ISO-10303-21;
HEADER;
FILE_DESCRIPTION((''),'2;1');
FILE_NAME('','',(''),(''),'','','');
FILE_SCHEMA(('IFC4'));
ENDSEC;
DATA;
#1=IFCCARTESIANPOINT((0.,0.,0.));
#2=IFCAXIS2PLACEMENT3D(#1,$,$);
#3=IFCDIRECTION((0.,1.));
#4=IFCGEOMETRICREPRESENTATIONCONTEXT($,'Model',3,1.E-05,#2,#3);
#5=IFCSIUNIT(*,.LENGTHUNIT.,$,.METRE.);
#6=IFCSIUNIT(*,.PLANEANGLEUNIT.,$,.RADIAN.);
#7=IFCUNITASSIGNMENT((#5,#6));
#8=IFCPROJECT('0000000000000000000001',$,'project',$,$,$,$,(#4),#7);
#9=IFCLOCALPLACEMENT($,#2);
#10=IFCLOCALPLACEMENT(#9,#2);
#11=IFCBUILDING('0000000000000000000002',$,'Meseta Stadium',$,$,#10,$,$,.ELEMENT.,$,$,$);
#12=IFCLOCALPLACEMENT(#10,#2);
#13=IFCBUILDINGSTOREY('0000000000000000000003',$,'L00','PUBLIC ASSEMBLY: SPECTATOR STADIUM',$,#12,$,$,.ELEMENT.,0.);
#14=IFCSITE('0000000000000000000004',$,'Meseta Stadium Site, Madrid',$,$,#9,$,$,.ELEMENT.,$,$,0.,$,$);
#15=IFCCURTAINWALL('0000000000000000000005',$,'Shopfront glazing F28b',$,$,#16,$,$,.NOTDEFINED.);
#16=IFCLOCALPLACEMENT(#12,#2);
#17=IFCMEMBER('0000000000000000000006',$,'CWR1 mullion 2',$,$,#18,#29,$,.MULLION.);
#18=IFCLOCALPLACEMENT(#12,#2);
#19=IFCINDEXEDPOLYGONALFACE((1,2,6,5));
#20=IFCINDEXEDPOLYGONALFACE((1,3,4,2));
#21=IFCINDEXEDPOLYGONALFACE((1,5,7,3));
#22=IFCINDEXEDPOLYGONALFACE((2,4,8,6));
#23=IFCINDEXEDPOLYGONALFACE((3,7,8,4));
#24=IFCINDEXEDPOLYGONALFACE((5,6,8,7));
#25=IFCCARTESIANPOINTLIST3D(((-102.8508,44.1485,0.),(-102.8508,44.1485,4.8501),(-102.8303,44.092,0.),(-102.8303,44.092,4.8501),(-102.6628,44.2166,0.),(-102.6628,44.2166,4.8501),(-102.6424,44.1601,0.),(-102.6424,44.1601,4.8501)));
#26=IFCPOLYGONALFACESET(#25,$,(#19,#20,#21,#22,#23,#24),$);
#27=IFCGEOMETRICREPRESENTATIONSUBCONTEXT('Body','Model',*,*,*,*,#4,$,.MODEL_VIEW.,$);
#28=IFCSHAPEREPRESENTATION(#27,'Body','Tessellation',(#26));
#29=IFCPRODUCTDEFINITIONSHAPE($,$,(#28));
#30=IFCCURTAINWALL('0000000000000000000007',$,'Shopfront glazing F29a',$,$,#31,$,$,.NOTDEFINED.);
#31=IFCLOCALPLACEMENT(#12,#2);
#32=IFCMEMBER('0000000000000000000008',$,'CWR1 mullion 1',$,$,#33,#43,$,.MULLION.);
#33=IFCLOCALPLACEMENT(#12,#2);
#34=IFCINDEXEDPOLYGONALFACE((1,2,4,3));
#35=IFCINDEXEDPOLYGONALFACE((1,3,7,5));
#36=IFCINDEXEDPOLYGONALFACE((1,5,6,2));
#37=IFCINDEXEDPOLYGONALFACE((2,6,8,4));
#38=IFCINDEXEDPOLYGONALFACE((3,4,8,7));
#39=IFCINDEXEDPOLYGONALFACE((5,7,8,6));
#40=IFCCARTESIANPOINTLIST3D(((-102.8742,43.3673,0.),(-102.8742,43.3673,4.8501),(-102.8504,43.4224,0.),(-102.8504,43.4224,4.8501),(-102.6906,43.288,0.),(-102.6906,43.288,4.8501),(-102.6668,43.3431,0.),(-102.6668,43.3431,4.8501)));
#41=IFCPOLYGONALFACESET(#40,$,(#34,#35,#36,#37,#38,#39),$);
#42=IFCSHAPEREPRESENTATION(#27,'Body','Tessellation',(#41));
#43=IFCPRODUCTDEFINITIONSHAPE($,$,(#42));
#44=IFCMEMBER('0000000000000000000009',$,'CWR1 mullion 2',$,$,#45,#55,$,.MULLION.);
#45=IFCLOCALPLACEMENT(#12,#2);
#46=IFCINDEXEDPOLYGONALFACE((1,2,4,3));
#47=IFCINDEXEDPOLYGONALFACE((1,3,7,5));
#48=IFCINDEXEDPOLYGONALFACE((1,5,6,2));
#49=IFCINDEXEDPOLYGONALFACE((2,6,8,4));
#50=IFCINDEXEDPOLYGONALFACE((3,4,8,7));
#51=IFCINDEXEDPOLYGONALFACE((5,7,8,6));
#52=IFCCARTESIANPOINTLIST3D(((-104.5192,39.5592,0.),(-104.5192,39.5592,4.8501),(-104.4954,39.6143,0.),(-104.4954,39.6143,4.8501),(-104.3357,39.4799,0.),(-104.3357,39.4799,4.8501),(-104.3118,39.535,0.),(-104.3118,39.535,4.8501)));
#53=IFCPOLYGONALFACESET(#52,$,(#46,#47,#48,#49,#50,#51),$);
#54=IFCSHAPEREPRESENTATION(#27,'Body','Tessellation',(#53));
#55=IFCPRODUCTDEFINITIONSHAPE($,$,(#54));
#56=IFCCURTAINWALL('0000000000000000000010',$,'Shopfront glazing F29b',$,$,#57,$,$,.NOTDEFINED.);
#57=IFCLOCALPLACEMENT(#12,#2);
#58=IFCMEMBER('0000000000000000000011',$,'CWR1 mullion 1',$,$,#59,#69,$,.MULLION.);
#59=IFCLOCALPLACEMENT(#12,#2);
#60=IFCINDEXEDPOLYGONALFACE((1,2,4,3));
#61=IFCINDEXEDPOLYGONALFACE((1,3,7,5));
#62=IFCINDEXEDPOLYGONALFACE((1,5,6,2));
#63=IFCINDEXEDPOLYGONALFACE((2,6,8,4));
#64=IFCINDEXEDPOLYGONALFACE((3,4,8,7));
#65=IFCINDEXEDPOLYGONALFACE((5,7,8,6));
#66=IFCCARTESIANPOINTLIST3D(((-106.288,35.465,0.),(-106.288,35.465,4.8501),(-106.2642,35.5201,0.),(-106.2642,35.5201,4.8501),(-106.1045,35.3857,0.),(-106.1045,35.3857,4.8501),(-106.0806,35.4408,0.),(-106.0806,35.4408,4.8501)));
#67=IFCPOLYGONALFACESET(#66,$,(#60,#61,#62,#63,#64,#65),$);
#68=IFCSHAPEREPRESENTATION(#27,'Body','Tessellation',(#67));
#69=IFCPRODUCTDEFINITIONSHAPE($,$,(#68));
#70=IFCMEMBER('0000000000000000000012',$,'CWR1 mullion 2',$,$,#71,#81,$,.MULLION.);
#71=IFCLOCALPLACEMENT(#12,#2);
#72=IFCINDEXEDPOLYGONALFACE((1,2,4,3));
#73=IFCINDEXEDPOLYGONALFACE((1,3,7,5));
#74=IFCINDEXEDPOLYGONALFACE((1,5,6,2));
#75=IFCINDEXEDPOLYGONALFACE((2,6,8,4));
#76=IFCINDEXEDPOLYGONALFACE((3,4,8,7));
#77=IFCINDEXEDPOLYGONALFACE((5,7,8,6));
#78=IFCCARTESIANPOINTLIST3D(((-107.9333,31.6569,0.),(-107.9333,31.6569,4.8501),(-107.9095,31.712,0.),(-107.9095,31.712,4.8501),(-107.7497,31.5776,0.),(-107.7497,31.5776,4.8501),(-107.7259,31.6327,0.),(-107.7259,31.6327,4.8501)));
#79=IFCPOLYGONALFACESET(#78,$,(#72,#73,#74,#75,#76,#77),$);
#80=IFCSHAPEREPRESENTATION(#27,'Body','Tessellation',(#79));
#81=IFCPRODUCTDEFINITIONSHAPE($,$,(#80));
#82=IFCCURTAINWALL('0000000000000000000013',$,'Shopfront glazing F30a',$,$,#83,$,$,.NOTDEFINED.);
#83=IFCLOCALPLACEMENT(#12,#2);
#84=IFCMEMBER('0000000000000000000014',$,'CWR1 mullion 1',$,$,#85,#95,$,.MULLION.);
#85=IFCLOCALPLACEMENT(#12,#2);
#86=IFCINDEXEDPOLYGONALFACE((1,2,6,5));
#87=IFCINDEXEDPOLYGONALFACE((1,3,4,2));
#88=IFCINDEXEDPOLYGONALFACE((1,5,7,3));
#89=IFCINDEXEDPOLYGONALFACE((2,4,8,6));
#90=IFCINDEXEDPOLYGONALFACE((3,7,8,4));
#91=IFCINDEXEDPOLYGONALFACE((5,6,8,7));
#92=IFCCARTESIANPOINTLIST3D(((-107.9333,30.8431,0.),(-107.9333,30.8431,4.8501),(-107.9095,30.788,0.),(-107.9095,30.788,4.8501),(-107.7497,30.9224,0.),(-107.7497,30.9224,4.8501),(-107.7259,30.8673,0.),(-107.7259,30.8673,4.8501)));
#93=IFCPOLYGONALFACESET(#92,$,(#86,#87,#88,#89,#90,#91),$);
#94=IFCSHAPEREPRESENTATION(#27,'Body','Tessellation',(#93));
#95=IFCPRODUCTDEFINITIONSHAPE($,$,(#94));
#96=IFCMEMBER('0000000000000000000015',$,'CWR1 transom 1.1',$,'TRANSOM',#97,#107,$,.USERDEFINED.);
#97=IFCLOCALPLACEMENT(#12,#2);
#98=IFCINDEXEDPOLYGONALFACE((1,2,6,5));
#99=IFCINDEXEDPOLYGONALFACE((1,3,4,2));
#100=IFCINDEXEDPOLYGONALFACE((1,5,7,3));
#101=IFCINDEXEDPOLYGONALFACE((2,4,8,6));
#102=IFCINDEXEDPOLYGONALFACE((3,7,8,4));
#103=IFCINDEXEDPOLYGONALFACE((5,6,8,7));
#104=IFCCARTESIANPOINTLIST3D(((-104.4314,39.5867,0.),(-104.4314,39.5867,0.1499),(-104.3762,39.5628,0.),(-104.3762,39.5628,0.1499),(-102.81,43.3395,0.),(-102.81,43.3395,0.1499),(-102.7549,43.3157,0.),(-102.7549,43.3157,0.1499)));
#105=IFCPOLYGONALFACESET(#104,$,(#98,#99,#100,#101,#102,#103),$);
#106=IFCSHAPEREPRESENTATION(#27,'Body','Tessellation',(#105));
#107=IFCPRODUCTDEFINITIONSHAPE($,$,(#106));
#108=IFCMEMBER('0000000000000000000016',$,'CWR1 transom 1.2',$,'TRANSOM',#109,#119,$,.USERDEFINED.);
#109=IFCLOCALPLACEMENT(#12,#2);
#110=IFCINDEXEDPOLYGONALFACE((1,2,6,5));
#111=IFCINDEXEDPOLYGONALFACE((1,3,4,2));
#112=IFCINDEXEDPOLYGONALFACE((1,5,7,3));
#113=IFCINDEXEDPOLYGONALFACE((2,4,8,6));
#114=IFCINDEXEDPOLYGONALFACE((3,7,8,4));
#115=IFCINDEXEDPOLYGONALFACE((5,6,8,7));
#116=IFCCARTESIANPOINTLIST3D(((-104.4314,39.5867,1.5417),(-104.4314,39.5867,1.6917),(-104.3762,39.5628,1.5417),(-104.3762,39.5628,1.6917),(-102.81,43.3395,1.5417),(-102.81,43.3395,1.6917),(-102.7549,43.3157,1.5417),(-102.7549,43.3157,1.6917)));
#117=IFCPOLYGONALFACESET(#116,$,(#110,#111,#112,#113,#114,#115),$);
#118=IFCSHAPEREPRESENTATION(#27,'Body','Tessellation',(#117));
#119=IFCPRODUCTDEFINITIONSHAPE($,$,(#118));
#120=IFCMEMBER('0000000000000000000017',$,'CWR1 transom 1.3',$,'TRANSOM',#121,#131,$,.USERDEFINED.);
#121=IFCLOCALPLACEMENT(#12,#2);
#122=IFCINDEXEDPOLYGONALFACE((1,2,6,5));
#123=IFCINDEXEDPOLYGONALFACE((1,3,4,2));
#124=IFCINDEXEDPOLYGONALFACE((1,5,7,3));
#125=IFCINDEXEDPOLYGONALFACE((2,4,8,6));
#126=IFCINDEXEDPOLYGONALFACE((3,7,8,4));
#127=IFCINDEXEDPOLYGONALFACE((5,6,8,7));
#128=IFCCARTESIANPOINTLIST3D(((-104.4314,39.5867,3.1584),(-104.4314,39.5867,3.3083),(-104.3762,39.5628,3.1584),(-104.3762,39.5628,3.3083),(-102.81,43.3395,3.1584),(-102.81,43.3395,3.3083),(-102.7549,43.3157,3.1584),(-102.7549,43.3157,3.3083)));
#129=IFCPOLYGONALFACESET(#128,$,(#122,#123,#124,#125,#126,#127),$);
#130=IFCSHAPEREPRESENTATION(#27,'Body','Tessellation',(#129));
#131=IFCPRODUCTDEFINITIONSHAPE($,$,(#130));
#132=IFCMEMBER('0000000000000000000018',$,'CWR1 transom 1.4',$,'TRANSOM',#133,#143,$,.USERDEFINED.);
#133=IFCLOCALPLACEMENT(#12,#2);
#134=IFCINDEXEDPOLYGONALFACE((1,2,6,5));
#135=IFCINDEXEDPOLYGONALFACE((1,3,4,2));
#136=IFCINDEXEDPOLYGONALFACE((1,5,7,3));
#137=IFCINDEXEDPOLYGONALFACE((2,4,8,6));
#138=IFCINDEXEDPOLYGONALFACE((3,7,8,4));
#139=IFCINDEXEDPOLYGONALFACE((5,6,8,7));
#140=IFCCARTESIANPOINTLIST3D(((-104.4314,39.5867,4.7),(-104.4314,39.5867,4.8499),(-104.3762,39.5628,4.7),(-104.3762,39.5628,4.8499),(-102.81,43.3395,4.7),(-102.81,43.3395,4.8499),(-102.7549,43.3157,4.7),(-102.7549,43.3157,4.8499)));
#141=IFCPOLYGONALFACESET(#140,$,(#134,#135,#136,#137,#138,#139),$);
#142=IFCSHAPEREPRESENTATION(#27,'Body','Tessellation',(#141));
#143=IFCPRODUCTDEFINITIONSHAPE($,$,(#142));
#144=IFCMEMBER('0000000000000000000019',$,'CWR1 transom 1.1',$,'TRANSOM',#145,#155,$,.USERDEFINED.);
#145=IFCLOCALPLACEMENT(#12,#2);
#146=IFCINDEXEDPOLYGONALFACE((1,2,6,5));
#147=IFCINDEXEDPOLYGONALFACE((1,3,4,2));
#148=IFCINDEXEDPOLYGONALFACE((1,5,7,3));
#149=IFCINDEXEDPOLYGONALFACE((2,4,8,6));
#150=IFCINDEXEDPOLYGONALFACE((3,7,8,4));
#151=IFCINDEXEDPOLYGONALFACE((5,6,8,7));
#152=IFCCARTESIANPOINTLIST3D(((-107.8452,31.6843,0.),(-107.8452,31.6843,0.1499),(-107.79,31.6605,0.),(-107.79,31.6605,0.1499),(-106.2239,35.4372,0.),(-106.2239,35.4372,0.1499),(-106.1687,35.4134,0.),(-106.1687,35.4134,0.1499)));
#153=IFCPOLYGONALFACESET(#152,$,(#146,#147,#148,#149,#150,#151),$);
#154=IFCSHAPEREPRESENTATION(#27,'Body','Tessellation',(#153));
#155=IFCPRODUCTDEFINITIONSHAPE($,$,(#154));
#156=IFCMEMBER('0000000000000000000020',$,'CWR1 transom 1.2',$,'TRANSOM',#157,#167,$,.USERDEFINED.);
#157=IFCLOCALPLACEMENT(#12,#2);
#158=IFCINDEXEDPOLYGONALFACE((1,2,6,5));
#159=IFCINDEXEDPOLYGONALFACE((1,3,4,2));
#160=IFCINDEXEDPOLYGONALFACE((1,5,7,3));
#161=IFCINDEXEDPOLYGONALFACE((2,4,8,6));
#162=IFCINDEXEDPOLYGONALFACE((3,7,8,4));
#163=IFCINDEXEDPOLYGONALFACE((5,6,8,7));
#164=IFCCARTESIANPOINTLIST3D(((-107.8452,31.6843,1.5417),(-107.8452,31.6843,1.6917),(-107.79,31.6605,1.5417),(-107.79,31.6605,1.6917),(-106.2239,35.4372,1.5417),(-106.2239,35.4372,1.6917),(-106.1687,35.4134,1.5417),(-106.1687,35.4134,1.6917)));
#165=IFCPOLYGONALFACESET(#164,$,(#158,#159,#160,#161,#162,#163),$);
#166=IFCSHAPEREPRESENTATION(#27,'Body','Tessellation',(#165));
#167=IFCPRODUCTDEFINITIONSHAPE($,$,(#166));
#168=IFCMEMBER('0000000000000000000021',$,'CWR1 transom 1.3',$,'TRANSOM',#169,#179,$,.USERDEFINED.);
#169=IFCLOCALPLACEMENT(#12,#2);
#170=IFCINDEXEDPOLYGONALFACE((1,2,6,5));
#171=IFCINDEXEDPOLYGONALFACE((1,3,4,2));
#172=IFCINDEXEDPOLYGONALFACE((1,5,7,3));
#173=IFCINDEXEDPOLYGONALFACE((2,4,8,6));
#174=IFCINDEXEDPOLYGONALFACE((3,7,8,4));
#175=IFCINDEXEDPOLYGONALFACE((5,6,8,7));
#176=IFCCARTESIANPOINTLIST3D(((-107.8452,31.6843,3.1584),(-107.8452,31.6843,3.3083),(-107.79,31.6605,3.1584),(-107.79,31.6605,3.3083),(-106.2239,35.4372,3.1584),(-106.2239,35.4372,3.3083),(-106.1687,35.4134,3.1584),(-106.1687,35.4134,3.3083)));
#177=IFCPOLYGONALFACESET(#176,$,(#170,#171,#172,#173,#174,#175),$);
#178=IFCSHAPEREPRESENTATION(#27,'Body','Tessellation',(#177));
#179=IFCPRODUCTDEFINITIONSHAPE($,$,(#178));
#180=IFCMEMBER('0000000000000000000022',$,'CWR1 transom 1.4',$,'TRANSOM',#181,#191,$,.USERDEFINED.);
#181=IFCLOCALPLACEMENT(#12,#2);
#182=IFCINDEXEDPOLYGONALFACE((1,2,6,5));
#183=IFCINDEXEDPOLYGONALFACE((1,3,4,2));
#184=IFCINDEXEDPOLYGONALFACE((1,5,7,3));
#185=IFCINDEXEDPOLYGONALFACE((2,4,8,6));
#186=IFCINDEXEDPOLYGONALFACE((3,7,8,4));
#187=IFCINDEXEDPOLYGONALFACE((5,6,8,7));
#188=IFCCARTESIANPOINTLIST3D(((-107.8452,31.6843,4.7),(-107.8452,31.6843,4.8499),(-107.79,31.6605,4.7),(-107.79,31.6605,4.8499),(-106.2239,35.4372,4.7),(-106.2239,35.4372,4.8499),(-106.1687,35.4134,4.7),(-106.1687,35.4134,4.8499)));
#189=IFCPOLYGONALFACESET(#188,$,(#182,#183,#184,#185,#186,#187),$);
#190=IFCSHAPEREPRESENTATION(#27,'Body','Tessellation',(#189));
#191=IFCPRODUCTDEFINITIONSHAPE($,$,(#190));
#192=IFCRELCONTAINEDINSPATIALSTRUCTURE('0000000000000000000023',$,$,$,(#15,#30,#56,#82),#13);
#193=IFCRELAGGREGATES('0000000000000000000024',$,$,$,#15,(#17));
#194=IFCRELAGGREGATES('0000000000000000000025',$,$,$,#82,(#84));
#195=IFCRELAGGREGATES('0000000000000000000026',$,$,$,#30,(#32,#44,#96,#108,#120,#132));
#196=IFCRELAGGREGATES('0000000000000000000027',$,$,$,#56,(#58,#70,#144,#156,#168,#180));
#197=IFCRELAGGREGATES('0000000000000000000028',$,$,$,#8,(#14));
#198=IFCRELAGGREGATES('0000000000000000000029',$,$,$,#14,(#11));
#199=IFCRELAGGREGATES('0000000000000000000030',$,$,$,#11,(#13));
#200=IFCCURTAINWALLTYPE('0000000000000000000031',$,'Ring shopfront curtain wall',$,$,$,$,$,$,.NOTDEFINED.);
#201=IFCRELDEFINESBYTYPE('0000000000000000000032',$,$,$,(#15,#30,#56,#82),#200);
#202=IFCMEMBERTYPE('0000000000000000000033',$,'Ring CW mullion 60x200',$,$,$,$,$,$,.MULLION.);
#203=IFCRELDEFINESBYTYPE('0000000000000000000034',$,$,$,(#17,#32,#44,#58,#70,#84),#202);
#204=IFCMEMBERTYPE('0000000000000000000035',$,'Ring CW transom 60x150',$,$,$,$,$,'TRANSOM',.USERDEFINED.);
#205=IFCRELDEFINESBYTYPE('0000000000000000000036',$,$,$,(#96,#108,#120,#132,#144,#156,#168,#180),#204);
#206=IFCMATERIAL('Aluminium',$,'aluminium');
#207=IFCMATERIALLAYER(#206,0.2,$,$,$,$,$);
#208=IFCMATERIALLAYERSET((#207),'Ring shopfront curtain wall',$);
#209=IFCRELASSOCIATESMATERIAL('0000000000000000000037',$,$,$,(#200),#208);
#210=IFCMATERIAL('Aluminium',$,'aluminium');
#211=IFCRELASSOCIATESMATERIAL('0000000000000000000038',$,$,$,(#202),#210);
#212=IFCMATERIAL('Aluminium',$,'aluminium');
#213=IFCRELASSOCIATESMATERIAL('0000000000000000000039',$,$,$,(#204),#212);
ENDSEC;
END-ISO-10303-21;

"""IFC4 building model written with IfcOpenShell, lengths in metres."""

from ifc_helpers import new_model, si_unit, direction, frame, origin, origin_2d, place, context, subcontext, project, spatial, rectangle, extrude, material, layer, layer_set, material_profile, profile_set, type_object, element, aggregate, save


model = new_model("IFC4")

# Units and contexts
model_context = context("Model", 3, precision=1e-05, world=origin(), true_north=direction((0.0, 1.0)))
body_context = subcontext(model_context, "Body", "Model", "MODEL_VIEW")
ifc_project = project(units=[si_unit("LENGTHUNIT", "METRE"), si_unit("PLANEANGLEUNIT", "RADIAN")], contexts=[model_context])

# Site, building, storey
site_placement = place(None, origin())
site = spatial("IfcSite", under=ifc_project, at=site_placement, Name="Meseta Stadium Site, Madrid", CompositionType="ELEMENT", RefElevation=0.0)
building_placement = place(site_placement, origin())
building = spatial("IfcBuilding", under=site, at=building_placement, Name="Meseta Stadium", CompositionType="ELEMENT")
storey_placement = place(building_placement, origin())
storey = spatial("IfcBuildingStorey", under=building, at=storey_placement, Name="L00", Description="PUBLIC ASSEMBLY: SPECTATOR STADIUM", CompositionType="ELEMENT", Elevation=0.0)

# Curtain wall, member
ifc_material_1 = material(Name="Aluminium", Category="aluminium")
ifc_layer_1 = layer(ifc_material_1, 0.2)
ifc_layer_set_1 = layer_set([ifc_layer_1], Name="Ring shopfront curtain wall")
curtain_wall_type = type_object("IfcCurtainWallType", Name="Ring shopfront curtain wall", PredefinedType="NOTDEFINED", material=ifc_layer_set_1)
curtain_wall_1_placement = place(storey_placement, origin())
curtain_wall_1 = element("IfcCurtainWall", 1, at=curtain_wall_1_placement, inside=storey, type_object=curtain_wall_type, Name="Shopfront glazing F28b", PredefinedType="NOTDEFINED")
ifc_material_2 = material(Name="Aluminium", Category="aluminium")
ifc_material_profile_1 = material_profile(ifc_material_2, rectangle(XDim=0.2, YDim=0.0601, at=origin_2d()), Name="CW 200x60")
ifc_profile_set_1 = profile_set([ifc_material_profile_1], Name="Aluminium")
member_type_1 = type_object("IfcMemberType", Name="Ring CW mullion 60x200", PredefinedType="MULLION", material=ifc_profile_set_1)
member_1_placement = place(storey_placement, frame((-102.7466, 44.1543, 0.0), z_axis=(0.0, 0.0, 1.0), x_axis=(0.940133, 0.340807, 0.0)))
member_1 = element("IfcMember", 2, at=member_1_placement, type_object=member_type_1, Name="CWR1 mullion 2", PredefinedType="MULLION", context=body_context, shape_type="SweptSolid", body=[
    extrude(rectangle(XDim=0.2, YDim=0.0601, at=origin_2d()), origin(), (0.0, 0.0, 1.0), 4.8501),
])
aggregate(curtain_wall_1, [member_1])

# Curtain walls, members
curtain_wall_2_placement = place(storey_placement, origin())
curtain_wall_2 = element("IfcCurtainWall", 3, at=curtain_wall_2_placement, inside=storey, type_object=curtain_wall_type, Name="Shopfront glazing F29a", PredefinedType="NOTDEFINED")
member_2_placement = place(storey_placement, frame((-102.7705, 43.3552, 0.0), z_axis=(0.0, 0.0, 1.0), x_axis=(0.918002, -0.396576, 0.0)))
member_2 = element("IfcMember", 4, at=member_2_placement, type_object=member_type_1, Name="CWR1 mullion 1", PredefinedType="MULLION", context=body_context, shape_type="SweptSolid", body=[
    extrude(rectangle(XDim=0.2, YDim=0.0601, at=origin_2d()), origin(), (0.0, 0.0, 1.0), 4.8501),
])
member_3_placement = place(storey_placement, frame((-104.4155, 39.5471, 0.0), z_axis=(0.0, 0.0, 1.0), x_axis=(0.918002, -0.396576, 0.0)))
member_3 = element("IfcMember", 5, at=member_3_placement, type_object=member_type_1, Name="CWR1 mullion 2", PredefinedType="MULLION", context=body_context, shape_type="SweptSolid", body=[
    extrude(rectangle(XDim=0.2, YDim=0.0601, at=origin_2d()), origin(), (0.0, 0.0, 1.0), 4.8501),
])
curtain_wall_3_placement = place(storey_placement, origin())
curtain_wall_3 = element("IfcCurtainWall", 6, at=curtain_wall_3_placement, inside=storey, type_object=curtain_wall_type, Name="Shopfront glazing F29b", PredefinedType="NOTDEFINED")
member_4_placement = place(storey_placement, frame((-106.1843, 35.4529, 0.0), z_axis=(0.0, 0.0, 1.0), x_axis=(0.918002, -0.396576, 0.0)))
member_4 = element("IfcMember", 7, at=member_4_placement, type_object=member_type_1, Name="CWR1 mullion 1", PredefinedType="MULLION", context=body_context, shape_type="SweptSolid", body=[
    extrude(rectangle(XDim=0.2, YDim=0.0601, at=origin_2d()), origin(), (0.0, 0.0, 1.0), 4.8501),
])
member_5_placement = place(storey_placement, frame((-107.8296, 31.6448, 0.0), z_axis=(0.0, 0.0, 1.0), x_axis=(0.918002, -0.396576, 0.0)))
member_5 = element("IfcMember", 8, at=member_5_placement, type_object=member_type_1, Name="CWR1 mullion 2", PredefinedType="MULLION", context=body_context, shape_type="SweptSolid", body=[
    extrude(rectangle(XDim=0.2, YDim=0.0601, at=origin_2d()), origin(), (0.0, 0.0, 1.0), 4.8501),
])

# Curtain wall, member
curtain_wall_4_placement = place(storey_placement, origin())
curtain_wall_4 = element("IfcCurtainWall", 9, at=curtain_wall_4_placement, inside=storey, type_object=curtain_wall_type, Name="Shopfront glazing F30a", PredefinedType="NOTDEFINED")
member_6_placement = place(storey_placement, frame((-107.8296, 30.8552, 0.0), z_axis=(0.0, 0.0, 1.0), x_axis=(0.918002, 0.396576, 0.0)))
member_6 = element("IfcMember", 10, at=member_6_placement, type_object=member_type_1, Name="CWR1 mullion 1", PredefinedType="MULLION", context=body_context, shape_type="SweptSolid", body=[
    extrude(rectangle(XDim=0.2, YDim=0.0601, at=origin_2d()), origin(), (0.0, 0.0, 1.0), 4.8501),
])

# Members
ifc_material_3 = material(Name="Aluminium", Category="aluminium")
ifc_material_profile_2 = material_profile(ifc_material_3, rectangle(XDim=0.0601, YDim=0.1499, at=origin_2d()), Name="CW 60x150")
ifc_profile_set_2 = profile_set([ifc_material_profile_2], Name="Aluminium")
member_type_2 = type_object("IfcMemberType", Name="Ring CW transom 60x150", ElementType="TRANSOM", PredefinedType="USERDEFINED", material=ifc_profile_set_2)
member_7_placement = place(storey_placement, frame((-102.7825, 43.3276, 0.075), z_axis=(-0.396592, -0.917995, 0.0), x_axis=(0.917995, -0.396592, 0.0)))
member_7 = element("IfcMember", 11, at=member_7_placement, type_object=member_type_2, Name="CWR1 transom 1.1", ObjectType="TRANSOM", PredefinedType="USERDEFINED", context=body_context, shape_type="SweptSolid", body=[
    extrude(rectangle(XDim=0.0601, YDim=0.1499, at=origin_2d()), origin(), (0.0, 0.0, 1.0), 4.0881),
])
member_8_placement = place(storey_placement, frame((-102.7825, 43.3276, 1.6167), z_axis=(-0.396592, -0.917995, 0.0), x_axis=(0.917995, -0.396592, 0.0)))
member_8 = element("IfcMember", 12, at=member_8_placement, type_object=member_type_2, Name="CWR1 transom 1.2", ObjectType="TRANSOM", PredefinedType="USERDEFINED", context=body_context, shape_type="SweptSolid", body=[
    extrude(rectangle(XDim=0.0601, YDim=0.1499, at=origin_2d()), origin(), (0.0, 0.0, 1.0), 4.0881),
])
member_9_placement = place(storey_placement, frame((-102.7825, 43.3276, 3.2334), z_axis=(-0.396592, -0.917995, 0.0), x_axis=(0.917995, -0.396592, 0.0)))
member_9 = element("IfcMember", 13, at=member_9_placement, type_object=member_type_2, Name="CWR1 transom 1.3", ObjectType="TRANSOM", PredefinedType="USERDEFINED", context=body_context, shape_type="SweptSolid", body=[
    extrude(rectangle(XDim=0.0601, YDim=0.1499, at=origin_2d()), origin(), (0.0, 0.0, 1.0), 4.0881),
])
member_10_placement = place(storey_placement, frame((-102.7825, 43.3276, 4.7749), z_axis=(-0.396592, -0.917995, 0.0), x_axis=(0.917995, -0.396592, 0.0)))
member_10 = element("IfcMember", 14, at=member_10_placement, type_object=member_type_2, Name="CWR1 transom 1.4", ObjectType="TRANSOM", PredefinedType="USERDEFINED", context=body_context, shape_type="SweptSolid", body=[
    extrude(rectangle(XDim=0.0601, YDim=0.1499, at=origin_2d()), origin(), (0.0, 0.0, 1.0), 4.0881),
])
member_11_placement = place(storey_placement, frame((-106.1963, 35.4253, 0.075), z_axis=(-0.396592, -0.917995, 0.0), x_axis=(0.917995, -0.396592, 0.0)))
member_11 = element("IfcMember", 15, at=member_11_placement, type_object=member_type_2, Name="CWR1 transom 1.1", ObjectType="TRANSOM", PredefinedType="USERDEFINED", context=body_context, shape_type="SweptSolid", body=[
    extrude(rectangle(XDim=0.0601, YDim=0.1499, at=origin_2d()), origin(), (0.0, 0.0, 1.0), 4.0881),
])
member_12_placement = place(storey_placement, frame((-106.1963, 35.4253, 1.6167), z_axis=(-0.396592, -0.917995, 0.0), x_axis=(0.917995, -0.396592, 0.0)))
member_12 = element("IfcMember", 16, at=member_12_placement, type_object=member_type_2, Name="CWR1 transom 1.2", ObjectType="TRANSOM", PredefinedType="USERDEFINED", context=body_context, shape_type="SweptSolid", body=[
    extrude(rectangle(XDim=0.0601, YDim=0.1499, at=origin_2d()), origin(), (0.0, 0.0, 1.0), 4.0881),
])
member_13_placement = place(storey_placement, frame((-106.1963, 35.4253, 3.2334), z_axis=(-0.396592, -0.917995, 0.0), x_axis=(0.917995, -0.396592, 0.0)))
member_13 = element("IfcMember", 17, at=member_13_placement, type_object=member_type_2, Name="CWR1 transom 1.3", ObjectType="TRANSOM", PredefinedType="USERDEFINED", context=body_context, shape_type="SweptSolid", body=[
    extrude(rectangle(XDim=0.0601, YDim=0.1499, at=origin_2d()), origin(), (0.0, 0.0, 1.0), 4.0881),
])
member_14_placement = place(storey_placement, frame((-106.1963, 35.4253, 4.7749), z_axis=(-0.396592, -0.917995, 0.0), x_axis=(0.917995, -0.396592, 0.0)))
member_14 = element("IfcMember", 18, at=member_14_placement, type_object=member_type_2, Name="CWR1 transom 1.4", ObjectType="TRANSOM", PredefinedType="USERDEFINED", context=body_context, shape_type="SweptSolid", body=[
    extrude(rectangle(XDim=0.0601, YDim=0.1499, at=origin_2d()), origin(), (0.0, 0.0, 1.0), 4.0881),
])
aggregate(curtain_wall_4, [member_6])

aggregate(curtain_wall_2, [member_2, member_3, member_7, member_8, member_9, member_10])
aggregate(curtain_wall_3, [member_4, member_5, member_11, member_12, member_13, member_14])

save(model, "model.ifc")
